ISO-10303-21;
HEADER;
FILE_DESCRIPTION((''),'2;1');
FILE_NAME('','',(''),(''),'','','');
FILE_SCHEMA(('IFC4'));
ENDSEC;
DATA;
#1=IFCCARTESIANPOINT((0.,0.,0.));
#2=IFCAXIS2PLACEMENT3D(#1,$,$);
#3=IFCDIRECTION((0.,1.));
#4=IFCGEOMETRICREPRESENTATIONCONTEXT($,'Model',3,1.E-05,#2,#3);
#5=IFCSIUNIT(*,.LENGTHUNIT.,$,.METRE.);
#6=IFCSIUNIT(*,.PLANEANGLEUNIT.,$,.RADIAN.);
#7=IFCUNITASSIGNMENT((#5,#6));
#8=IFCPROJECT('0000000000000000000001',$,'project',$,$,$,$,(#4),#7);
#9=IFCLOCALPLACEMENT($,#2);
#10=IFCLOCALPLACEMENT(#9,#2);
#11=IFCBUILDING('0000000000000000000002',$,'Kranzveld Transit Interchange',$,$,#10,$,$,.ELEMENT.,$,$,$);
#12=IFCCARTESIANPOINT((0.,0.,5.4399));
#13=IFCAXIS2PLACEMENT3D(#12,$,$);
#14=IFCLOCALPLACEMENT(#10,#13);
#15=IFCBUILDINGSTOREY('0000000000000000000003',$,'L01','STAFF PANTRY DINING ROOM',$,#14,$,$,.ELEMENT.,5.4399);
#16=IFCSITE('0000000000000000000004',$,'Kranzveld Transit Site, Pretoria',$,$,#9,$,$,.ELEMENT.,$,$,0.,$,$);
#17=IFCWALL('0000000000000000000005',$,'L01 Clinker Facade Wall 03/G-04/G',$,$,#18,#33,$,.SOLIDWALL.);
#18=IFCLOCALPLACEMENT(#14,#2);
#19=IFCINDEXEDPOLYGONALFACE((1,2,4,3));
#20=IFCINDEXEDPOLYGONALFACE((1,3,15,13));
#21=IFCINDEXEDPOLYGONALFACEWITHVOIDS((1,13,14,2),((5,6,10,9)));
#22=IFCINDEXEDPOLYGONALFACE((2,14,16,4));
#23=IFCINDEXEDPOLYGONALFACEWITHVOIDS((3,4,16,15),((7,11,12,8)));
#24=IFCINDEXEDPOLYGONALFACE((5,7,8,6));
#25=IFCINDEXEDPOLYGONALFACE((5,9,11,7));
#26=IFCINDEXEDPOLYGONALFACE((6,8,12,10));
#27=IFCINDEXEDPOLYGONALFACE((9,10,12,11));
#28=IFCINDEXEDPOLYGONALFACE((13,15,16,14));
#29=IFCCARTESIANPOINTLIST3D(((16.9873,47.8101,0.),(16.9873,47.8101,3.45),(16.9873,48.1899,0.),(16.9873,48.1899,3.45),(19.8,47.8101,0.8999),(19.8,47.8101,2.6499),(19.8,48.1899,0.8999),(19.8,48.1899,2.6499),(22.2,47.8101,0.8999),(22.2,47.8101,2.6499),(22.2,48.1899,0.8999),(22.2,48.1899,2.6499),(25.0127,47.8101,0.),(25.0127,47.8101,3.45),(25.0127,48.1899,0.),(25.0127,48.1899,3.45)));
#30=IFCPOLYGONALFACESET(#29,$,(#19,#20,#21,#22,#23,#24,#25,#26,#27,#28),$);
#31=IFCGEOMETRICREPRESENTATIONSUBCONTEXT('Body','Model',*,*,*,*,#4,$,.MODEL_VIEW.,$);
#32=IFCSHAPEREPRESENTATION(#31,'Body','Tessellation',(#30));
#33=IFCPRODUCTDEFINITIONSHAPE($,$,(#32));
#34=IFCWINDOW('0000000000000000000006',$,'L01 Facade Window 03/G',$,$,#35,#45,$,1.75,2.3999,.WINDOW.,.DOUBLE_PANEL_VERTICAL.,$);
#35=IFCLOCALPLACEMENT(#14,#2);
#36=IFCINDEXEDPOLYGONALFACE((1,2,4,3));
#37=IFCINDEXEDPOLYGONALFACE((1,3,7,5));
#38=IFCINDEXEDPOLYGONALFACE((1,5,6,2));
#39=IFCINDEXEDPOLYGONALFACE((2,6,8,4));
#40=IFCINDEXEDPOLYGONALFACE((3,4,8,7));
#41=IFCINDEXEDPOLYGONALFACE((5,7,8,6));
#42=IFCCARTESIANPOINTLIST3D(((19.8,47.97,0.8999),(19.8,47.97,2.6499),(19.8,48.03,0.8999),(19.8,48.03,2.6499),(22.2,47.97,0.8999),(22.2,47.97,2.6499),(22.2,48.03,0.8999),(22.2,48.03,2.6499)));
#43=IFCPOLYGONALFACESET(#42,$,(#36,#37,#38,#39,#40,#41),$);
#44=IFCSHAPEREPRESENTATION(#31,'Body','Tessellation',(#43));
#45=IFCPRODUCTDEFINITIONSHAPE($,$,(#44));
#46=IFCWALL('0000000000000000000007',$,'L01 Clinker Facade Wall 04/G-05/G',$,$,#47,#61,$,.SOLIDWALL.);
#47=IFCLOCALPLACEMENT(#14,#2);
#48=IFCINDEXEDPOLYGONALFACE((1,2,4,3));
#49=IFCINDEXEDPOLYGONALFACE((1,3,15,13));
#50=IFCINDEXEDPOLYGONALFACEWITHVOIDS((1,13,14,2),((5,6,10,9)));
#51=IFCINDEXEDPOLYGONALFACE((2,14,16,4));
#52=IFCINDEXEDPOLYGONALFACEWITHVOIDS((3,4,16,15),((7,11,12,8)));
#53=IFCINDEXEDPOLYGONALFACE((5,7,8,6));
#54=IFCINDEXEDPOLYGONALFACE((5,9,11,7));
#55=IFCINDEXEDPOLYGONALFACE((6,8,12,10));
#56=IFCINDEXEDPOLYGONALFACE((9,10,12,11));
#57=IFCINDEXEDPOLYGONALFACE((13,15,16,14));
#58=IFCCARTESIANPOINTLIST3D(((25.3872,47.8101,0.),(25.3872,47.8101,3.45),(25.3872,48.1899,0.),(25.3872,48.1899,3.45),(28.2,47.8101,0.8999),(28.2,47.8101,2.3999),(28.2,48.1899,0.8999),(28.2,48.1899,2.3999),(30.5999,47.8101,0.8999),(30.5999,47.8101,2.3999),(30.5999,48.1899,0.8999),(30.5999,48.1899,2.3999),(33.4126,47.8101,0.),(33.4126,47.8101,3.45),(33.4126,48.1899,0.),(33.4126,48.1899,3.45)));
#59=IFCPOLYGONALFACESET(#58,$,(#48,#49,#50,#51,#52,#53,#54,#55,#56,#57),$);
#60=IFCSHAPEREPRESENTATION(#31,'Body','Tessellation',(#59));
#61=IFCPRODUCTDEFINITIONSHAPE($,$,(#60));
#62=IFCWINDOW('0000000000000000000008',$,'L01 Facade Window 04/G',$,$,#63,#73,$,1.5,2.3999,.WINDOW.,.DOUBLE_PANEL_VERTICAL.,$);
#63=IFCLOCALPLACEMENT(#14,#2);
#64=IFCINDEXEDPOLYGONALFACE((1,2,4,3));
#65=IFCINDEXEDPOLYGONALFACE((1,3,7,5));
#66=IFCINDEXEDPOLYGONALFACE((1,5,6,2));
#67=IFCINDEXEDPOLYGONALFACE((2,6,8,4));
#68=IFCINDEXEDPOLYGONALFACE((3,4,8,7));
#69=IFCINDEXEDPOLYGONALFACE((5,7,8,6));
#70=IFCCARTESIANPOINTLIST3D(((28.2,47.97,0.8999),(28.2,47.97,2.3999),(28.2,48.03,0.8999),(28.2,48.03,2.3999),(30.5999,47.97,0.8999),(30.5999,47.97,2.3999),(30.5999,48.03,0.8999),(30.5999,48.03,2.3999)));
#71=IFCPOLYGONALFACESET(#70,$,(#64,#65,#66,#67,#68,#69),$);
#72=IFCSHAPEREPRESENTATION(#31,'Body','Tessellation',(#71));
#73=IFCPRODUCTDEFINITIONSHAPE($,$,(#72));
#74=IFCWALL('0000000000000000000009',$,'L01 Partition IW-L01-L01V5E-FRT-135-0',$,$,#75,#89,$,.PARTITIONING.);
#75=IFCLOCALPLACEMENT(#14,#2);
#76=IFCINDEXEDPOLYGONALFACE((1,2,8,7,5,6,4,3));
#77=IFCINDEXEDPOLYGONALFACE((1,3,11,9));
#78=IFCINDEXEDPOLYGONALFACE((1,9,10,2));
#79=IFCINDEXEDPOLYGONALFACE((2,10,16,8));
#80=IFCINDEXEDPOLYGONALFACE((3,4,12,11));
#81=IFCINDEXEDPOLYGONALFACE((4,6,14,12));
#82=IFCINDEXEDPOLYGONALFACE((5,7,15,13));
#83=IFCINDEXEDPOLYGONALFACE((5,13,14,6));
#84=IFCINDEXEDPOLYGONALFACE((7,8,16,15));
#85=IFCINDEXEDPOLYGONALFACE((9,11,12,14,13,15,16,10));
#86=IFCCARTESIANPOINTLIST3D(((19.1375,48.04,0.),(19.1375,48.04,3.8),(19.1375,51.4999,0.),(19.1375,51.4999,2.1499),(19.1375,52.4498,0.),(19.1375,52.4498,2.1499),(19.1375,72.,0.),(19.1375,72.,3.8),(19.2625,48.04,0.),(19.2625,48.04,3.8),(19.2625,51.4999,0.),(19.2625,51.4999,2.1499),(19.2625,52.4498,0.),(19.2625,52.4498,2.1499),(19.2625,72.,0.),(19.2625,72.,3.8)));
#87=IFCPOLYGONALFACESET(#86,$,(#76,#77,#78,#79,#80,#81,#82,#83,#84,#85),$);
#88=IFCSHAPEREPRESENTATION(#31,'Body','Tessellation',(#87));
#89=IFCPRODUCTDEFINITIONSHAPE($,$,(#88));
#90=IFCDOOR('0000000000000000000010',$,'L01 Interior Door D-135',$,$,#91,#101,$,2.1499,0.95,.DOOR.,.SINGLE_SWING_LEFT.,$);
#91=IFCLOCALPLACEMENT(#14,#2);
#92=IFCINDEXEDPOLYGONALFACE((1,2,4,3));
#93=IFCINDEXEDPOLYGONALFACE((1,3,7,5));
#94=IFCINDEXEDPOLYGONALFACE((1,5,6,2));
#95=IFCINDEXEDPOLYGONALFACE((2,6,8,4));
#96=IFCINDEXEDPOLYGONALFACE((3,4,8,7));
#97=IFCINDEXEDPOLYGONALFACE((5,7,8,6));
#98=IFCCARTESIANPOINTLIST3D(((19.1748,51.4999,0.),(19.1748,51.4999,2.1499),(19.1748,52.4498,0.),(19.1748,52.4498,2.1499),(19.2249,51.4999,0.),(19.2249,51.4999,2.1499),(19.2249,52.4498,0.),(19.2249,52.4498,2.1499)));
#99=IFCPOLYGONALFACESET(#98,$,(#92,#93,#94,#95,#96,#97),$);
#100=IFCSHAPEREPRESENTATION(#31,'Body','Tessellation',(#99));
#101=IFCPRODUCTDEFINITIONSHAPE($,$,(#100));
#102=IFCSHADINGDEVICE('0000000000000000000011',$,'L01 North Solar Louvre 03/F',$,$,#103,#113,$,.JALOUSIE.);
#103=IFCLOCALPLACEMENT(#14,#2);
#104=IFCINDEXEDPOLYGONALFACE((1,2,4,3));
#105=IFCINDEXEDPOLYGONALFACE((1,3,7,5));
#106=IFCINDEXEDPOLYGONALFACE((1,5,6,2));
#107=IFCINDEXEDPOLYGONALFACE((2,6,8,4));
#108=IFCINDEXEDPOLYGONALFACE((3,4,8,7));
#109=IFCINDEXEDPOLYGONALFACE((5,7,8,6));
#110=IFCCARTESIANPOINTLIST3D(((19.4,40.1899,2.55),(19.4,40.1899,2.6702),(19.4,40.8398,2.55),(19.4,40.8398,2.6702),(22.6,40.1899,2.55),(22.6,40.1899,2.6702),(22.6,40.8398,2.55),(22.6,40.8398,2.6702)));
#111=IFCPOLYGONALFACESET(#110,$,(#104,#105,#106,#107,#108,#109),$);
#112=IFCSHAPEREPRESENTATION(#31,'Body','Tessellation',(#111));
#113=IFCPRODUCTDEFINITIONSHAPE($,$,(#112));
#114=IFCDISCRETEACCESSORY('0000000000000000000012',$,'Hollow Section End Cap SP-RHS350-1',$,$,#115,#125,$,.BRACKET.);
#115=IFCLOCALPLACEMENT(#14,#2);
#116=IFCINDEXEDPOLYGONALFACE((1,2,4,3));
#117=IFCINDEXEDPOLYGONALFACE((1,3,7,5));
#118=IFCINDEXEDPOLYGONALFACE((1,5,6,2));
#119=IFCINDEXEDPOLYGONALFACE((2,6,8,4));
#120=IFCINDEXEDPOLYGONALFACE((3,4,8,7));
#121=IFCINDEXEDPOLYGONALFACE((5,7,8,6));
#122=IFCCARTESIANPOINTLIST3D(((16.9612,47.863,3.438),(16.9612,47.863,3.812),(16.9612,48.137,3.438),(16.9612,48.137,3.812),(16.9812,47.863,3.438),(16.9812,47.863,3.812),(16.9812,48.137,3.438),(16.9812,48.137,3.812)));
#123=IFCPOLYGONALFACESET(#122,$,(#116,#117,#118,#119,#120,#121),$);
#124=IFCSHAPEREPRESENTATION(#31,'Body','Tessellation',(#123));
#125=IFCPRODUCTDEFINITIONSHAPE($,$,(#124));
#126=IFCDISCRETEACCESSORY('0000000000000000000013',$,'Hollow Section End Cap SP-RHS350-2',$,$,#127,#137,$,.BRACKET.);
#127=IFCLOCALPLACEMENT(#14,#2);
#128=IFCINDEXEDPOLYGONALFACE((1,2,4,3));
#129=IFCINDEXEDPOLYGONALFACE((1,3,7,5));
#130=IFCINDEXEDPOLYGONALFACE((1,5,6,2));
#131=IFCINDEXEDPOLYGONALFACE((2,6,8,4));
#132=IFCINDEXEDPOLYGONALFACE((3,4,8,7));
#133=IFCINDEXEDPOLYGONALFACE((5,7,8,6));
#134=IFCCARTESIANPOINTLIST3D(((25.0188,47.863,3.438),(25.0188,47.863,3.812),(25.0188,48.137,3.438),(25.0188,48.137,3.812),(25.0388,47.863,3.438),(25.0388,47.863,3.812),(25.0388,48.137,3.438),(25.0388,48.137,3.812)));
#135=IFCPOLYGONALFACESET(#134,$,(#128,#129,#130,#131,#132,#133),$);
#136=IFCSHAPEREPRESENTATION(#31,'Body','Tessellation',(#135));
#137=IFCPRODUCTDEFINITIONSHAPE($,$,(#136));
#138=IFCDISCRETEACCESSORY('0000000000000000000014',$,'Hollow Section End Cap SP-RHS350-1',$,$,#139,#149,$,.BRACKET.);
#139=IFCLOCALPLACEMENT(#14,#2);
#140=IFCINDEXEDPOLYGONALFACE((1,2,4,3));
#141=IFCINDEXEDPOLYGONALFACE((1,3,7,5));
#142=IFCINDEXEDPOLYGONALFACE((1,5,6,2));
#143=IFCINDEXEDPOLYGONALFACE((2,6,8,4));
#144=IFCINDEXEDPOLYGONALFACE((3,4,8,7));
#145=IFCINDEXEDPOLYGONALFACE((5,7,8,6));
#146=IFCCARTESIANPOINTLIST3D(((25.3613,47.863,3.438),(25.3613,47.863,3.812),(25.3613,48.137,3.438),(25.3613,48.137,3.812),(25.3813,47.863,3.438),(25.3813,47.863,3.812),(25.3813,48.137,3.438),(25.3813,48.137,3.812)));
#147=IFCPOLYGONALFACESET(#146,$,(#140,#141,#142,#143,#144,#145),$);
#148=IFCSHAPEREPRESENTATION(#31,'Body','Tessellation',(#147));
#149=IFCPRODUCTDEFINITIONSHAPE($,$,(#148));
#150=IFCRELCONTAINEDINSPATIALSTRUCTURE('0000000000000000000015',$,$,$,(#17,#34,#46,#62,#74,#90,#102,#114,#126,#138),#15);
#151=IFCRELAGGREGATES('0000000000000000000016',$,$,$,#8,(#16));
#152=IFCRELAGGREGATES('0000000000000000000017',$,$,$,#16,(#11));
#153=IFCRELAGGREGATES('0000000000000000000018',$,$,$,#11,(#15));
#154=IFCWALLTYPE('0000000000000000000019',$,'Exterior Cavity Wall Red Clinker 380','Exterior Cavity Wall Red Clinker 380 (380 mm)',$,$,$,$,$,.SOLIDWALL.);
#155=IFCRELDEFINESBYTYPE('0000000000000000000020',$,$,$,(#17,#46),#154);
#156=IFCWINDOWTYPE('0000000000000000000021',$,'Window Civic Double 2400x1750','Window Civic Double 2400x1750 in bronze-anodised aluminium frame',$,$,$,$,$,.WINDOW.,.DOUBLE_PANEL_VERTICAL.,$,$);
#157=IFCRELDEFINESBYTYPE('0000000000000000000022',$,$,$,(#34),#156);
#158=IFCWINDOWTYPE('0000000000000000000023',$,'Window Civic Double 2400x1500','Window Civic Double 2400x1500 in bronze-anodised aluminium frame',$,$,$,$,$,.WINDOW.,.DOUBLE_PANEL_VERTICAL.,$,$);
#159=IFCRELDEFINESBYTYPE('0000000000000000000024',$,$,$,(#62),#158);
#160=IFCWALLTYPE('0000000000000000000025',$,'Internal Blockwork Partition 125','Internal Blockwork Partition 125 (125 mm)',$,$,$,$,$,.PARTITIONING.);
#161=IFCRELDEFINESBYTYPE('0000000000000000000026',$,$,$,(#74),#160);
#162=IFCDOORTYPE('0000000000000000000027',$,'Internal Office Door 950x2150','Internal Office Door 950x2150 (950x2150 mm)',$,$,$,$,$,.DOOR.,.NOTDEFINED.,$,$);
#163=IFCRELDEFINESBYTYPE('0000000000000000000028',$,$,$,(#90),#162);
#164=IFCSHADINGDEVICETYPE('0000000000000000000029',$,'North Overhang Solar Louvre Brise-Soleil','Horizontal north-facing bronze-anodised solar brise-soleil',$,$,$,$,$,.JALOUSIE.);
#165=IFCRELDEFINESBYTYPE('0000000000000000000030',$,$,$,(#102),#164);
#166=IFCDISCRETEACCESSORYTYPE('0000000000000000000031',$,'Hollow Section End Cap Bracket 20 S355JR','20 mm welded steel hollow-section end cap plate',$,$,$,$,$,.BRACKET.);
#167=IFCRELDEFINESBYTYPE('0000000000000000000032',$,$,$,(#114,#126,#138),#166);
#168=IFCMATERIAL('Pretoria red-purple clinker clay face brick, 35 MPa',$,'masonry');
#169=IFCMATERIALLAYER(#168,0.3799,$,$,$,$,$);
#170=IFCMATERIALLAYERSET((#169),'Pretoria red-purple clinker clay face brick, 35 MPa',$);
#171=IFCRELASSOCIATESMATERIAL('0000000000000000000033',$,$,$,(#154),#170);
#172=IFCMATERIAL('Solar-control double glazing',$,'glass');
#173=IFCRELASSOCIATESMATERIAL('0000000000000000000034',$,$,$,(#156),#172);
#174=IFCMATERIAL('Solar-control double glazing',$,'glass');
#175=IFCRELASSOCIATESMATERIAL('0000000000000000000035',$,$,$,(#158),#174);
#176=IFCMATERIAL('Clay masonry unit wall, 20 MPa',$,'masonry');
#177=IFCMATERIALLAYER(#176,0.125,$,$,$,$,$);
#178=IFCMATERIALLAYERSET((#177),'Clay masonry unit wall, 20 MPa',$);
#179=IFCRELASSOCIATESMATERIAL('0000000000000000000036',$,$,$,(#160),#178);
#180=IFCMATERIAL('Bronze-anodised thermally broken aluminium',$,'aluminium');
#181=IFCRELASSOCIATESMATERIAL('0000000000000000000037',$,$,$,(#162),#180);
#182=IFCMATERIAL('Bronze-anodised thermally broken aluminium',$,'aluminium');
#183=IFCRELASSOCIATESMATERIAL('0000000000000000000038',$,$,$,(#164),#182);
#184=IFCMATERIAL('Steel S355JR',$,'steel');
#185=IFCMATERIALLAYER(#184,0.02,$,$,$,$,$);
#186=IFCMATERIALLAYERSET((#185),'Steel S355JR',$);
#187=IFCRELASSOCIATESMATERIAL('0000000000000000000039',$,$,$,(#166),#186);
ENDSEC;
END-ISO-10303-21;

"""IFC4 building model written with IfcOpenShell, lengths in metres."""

from ifc_helpers import new_model, si_unit, direction, frame, frame_2d, origin, origin_2d, place, context, subcontext, project, spatial, rectangle, extrude, material, layer, layer_set, type_object, element, fill, save


model = new_model("IFC4")

# Units and contexts
model_context = context("Model", 3, precision=1e-05, world=origin(), true_north=direction((0.0, 1.0)))
body_context = subcontext(model_context, "Body", "Model", "MODEL_VIEW")
ifc_project = project(units=[si_unit("LENGTHUNIT", "METRE"), si_unit("PLANEANGLEUNIT", "RADIAN")], contexts=[model_context])

# Site, building, storey
site_placement = place(None, origin())
site = spatial("IfcSite", under=ifc_project, at=site_placement, Name="Kranzveld Transit Site, Pretoria", CompositionType="ELEMENT", RefElevation=0.0)
building_placement = place(site_placement, origin())
building = spatial("IfcBuilding", under=site, at=building_placement, Name="Kranzveld Transit Interchange", CompositionType="ELEMENT")
storey_placement = place(building_placement, frame((0.0, 0.0, 5.4399)))
storey = spatial("IfcBuildingStorey", under=building, at=storey_placement, Name="L01", Description="STAFF PANTRY DINING ROOM", CompositionType="ELEMENT", Elevation=5.4399)

# Walls, openings, windows
ifc_material_1 = material(Name="Pretoria red-purple clinker clay face brick, 35 MPa", Category="masonry")
ifc_layer_1 = layer(ifc_material_1, 0.3799)
ifc_layer_set_1 = layer_set([ifc_layer_1], Name="Pretoria red-purple clinker clay face brick, 35 MPa")
wall_type_1 = type_object("IfcWallType", Name="Exterior Cavity Wall Red Clinker 380", Description="Exterior Cavity Wall Red Clinker 380 (380 mm)", PredefinedType="SOLIDWALL", material=ifc_layer_set_1)
wall_1_placement = place(storey_placement, frame((16.9873, 48.0, 0.0), z_axis=(0.0, 0.0, 1.0), x_axis=(1.0, 0.0, 0.0)))
wall_1 = element("IfcWall", 1, at=wall_1_placement, inside=storey, type_object=wall_type_1, Name="L01 Clinker Facade Wall 03/G-04/G", PredefinedType="SOLIDWALL", context=body_context, shape_type="SweptSolid", body=[
    extrude(rectangle(XDim=8.0254, YDim=0.3799, at=frame_2d((4.0127, 0.0))), origin(), (0.0, 0.0, 1.0), 3.45),
])
opening_1_placement = place(wall_1_placement, frame((2.8127, 0.0, 0.8999), z_axis=(0.0, 0.0, 1.0), x_axis=(1.0, 0.0, 0.0)))
opening_1 = element("IfcOpeningElement", 2, at=opening_1_placement, cuts=wall_1, PredefinedType="OPENING", context=body_context, shape_type="SweptSolid", body=[
    extrude(rectangle(XDim=2.3999, YDim=1.75, at=frame_2d((1.2, 0.875))), frame((0.0, 0.2, 0.0), z_axis=(0.0, -1.0, 0.0), x_axis=(1.0, 0.0, 0.0)), (0.0, 0.0, 1.0), 0.3999),
])
ifc_material_2 = material(Name="Solar-control double glazing", Category="glass")
window_type_1 = type_object("IfcWindowType", Name="Window Civic Double 2400x1750", Description="Window Civic Double 2400x1750 in bronze-anodised aluminium frame", PartitioningType="DOUBLE_PANEL_VERTICAL", PredefinedType="WINDOW", material=ifc_material_2)
window_1_placement = place(opening_1_placement, origin())
window_1 = element("IfcWindow", 3, at=window_1_placement, inside=storey, type_object=window_type_1, Name="L01 Facade Window 03/G", OverallHeight=1.75, OverallWidth=2.3999, PartitioningType="DOUBLE_PANEL_VERTICAL", PredefinedType="WINDOW", context=body_context, shape_type="SweptSolid", body=[
    extrude(rectangle(XDim=2.3999, YDim=1.75, at=frame_2d((1.2, 0.875))), frame((0.0, 0.03, 0.0), z_axis=(0.0, -1.0, 0.0), x_axis=(1.0, 0.0, 0.0)), (0.0, 0.0, 1.0), 0.0601),
])
fill(opening_1, window_1)
wall_2_placement = place(storey_placement, frame((25.3872, 48.0, 0.0), z_axis=(0.0, 0.0, 1.0), x_axis=(1.0, 0.0, 0.0)))
wall_2 = element("IfcWall", 4, at=wall_2_placement, inside=storey, type_object=wall_type_1, Name="L01 Clinker Facade Wall 04/G-05/G", PredefinedType="SOLIDWALL", context=body_context, shape_type="SweptSolid", body=[
    extrude(rectangle(XDim=8.0254, YDim=0.3799, at=frame_2d((4.0127, 0.0))), origin(), (0.0, 0.0, 1.0), 3.45),
])
opening_2_placement = place(wall_2_placement, frame((2.8127, 0.0, 0.8999), z_axis=(0.0, 0.0, 1.0), x_axis=(1.0, 0.0, 0.0)))
opening_2 = element("IfcOpeningElement", 5, at=opening_2_placement, cuts=wall_2, PredefinedType="OPENING", context=body_context, shape_type="SweptSolid", body=[
    extrude(rectangle(XDim=2.3999, YDim=1.5, at=frame_2d((1.2, 0.75))), frame((0.0, 0.2, 0.0), z_axis=(0.0, -1.0, 0.0), x_axis=(1.0, 0.0, 0.0)), (0.0, 0.0, 1.0), 0.3999),
])
ifc_material_3 = material(Name="Solar-control double glazing", Category="glass")
window_type_2 = type_object("IfcWindowType", Name="Window Civic Double 2400x1500", Description="Window Civic Double 2400x1500 in bronze-anodised aluminium frame", PartitioningType="DOUBLE_PANEL_VERTICAL", PredefinedType="WINDOW", material=ifc_material_3)
window_2_placement = place(opening_2_placement, origin())
window_2 = element("IfcWindow", 6, at=window_2_placement, inside=storey, type_object=window_type_2, Name="L01 Facade Window 04/G", OverallHeight=1.5, OverallWidth=2.3999, PartitioningType="DOUBLE_PANEL_VERTICAL", PredefinedType="WINDOW", context=body_context, shape_type="SweptSolid", body=[
    extrude(rectangle(XDim=2.3999, YDim=1.5, at=frame_2d((1.2, 0.75))), frame((0.0, 0.03, 0.0), z_axis=(0.0, -1.0, 0.0), x_axis=(1.0, 0.0, 0.0)), (0.0, 0.0, 1.0), 0.0601),
])
fill(opening_2, window_2)

# Wall, opening, door
ifc_material_4 = material(Name="Clay masonry unit wall, 20 MPa", Category="masonry")
ifc_layer_2 = layer(ifc_material_4, 0.125)
ifc_layer_set_2 = layer_set([ifc_layer_2], Name="Clay masonry unit wall, 20 MPa")
wall_type_2 = type_object("IfcWallType", Name="Internal Blockwork Partition 125", Description="Internal Blockwork Partition 125 (125 mm)", PredefinedType="PARTITIONING", material=ifc_layer_set_2)
wall_3_placement = place(storey_placement, frame((19.2, 48.04, 0.0), z_axis=(0.0, 0.0, 1.0), x_axis=(0.0, 1.0, 0.0)))
wall_3 = element("IfcWall", 7, at=wall_3_placement, inside=storey, type_object=wall_type_2, Name="L01 Partition IW-L01-L01V5E-FRT-135-0", PredefinedType="PARTITIONING", context=body_context, shape_type="SweptSolid", body=[
    extrude(rectangle(XDim=23.96, YDim=0.125, at=frame_2d((11.98, 0.0))), origin(), (0.0, 0.0, 1.0), 3.8),
])
opening_3_placement = place(wall_3_placement, frame((4.4099, 0.0, 0.0), z_axis=(0.0, 0.0, 1.0), x_axis=(-1.0, 0.0, 0.0)))
opening_3 = element("IfcOpeningElement", 8, at=opening_3_placement, cuts=wall_3, PredefinedType="OPENING", context=body_context, shape_type="SweptSolid", body=[
    extrude(rectangle(XDim=0.95, YDim=2.1499, at=frame_2d((0.4751, 1.075))), frame((0.0, 0.0725, 0.0), z_axis=(0.0, -1.0, 0.0), x_axis=(1.0, 0.0, 0.0)), (0.0, 0.0, 1.0), 0.145),
])
ifc_material_5 = material(Name="Bronze-anodised thermally broken aluminium", Category="aluminium")
door_type = type_object("IfcDoorType", Name="Internal Office Door 950x2150", Description="Internal Office Door 950x2150 (950x2150 mm)", OperationType="NOTDEFINED", PredefinedType="DOOR", material=ifc_material_5)
door_placement = place(opening_3_placement, origin())
door = element("IfcDoor", 9, at=door_placement, inside=storey, type_object=door_type, Name="L01 Interior Door D-135", OperationType="SINGLE_SWING_LEFT", OverallHeight=2.1499, OverallWidth=0.95, PredefinedType="DOOR", context=body_context, shape_type="SweptSolid", body=[
    extrude(rectangle(XDim=0.95, YDim=2.1499, at=frame_2d((0.4751, 1.075))), frame((0.0, 0.0249, 0.0), z_axis=(0.0, -1.0, 0.0), x_axis=(1.0, 0.0, 0.0)), (0.0, 0.0, 1.0), 0.05),
])
fill(opening_3, door)

# Shading device
ifc_material_6 = material(Name="Bronze-anodised thermally broken aluminium", Category="aluminium")
shading_device_type = type_object("IfcShadingDeviceType", Name="North Overhang Solar Louvre Brise-Soleil", Description="Horizontal north-facing bronze-anodised solar brise-soleil", PredefinedType="JALOUSIE", material=ifc_material_6)
shading_device_placement = place(storey_placement, frame((21.0, 40.5149, 2.55), z_axis=(0.0, 0.0, 1.0), x_axis=(1.0, 0.0, 0.0)))
element("IfcShadingDevice", 10, at=shading_device_placement, inside=storey, type_object=shading_device_type, Name="L01 North Solar Louvre 03/F", PredefinedType="JALOUSIE", context=body_context, shape_type="SweptSolid", body=[
    extrude(rectangle(XDim=3.2, YDim=0.6499, at=origin_2d()), origin(), (0.0, 0.0, 1.0), 0.1201),
])

# Discrete accessories
ifc_material_7 = material(Name="Steel S355JR", Category="steel")
ifc_layer_3 = layer(ifc_material_7, 0.02)
ifc_layer_set_3 = layer_set([ifc_layer_3], Name="Steel S355JR")
discrete_accessory_type = type_object("IfcDiscreteAccessoryType", Name="Hollow Section End Cap Bracket 20 S355JR", Description="20 mm welded steel hollow-section end cap plate", PredefinedType="BRACKET", material=ifc_layer_set_3)
for number, where, z_axis, x_axis, name in (
    (11, (16.9812, 48.0, 3.625), (-1.0, 0.0, 0.0), (0.0, -1.0, 0.0), "Hollow Section End Cap SP-RHS350-1"),
    (12, (25.0188, 48.0, 3.625), (1.0, 0.0, 0.0), (0.0, 1.0, 0.0), "Hollow Section End Cap SP-RHS350-2"),
    (13, (25.3813, 48.0, 3.625), (-1.0, 0.0, 0.0), (0.0, -1.0, 0.0), "Hollow Section End Cap SP-RHS350-1"),
):
    element("IfcDiscreteAccessory", number, at=place(storey_placement, frame(where, z_axis=z_axis, x_axis=x_axis)), inside=storey, type_object=discrete_accessory_type, Name=name, PredefinedType="BRACKET", context=body_context, shape_type="SweptSolid", body=[
        extrude(rectangle(XDim=0.2739, YDim=0.374, at=origin_2d()), origin(), (0.0, 0.0, 1.0), 0.02),
    ])

save(model, "model.ifc")
